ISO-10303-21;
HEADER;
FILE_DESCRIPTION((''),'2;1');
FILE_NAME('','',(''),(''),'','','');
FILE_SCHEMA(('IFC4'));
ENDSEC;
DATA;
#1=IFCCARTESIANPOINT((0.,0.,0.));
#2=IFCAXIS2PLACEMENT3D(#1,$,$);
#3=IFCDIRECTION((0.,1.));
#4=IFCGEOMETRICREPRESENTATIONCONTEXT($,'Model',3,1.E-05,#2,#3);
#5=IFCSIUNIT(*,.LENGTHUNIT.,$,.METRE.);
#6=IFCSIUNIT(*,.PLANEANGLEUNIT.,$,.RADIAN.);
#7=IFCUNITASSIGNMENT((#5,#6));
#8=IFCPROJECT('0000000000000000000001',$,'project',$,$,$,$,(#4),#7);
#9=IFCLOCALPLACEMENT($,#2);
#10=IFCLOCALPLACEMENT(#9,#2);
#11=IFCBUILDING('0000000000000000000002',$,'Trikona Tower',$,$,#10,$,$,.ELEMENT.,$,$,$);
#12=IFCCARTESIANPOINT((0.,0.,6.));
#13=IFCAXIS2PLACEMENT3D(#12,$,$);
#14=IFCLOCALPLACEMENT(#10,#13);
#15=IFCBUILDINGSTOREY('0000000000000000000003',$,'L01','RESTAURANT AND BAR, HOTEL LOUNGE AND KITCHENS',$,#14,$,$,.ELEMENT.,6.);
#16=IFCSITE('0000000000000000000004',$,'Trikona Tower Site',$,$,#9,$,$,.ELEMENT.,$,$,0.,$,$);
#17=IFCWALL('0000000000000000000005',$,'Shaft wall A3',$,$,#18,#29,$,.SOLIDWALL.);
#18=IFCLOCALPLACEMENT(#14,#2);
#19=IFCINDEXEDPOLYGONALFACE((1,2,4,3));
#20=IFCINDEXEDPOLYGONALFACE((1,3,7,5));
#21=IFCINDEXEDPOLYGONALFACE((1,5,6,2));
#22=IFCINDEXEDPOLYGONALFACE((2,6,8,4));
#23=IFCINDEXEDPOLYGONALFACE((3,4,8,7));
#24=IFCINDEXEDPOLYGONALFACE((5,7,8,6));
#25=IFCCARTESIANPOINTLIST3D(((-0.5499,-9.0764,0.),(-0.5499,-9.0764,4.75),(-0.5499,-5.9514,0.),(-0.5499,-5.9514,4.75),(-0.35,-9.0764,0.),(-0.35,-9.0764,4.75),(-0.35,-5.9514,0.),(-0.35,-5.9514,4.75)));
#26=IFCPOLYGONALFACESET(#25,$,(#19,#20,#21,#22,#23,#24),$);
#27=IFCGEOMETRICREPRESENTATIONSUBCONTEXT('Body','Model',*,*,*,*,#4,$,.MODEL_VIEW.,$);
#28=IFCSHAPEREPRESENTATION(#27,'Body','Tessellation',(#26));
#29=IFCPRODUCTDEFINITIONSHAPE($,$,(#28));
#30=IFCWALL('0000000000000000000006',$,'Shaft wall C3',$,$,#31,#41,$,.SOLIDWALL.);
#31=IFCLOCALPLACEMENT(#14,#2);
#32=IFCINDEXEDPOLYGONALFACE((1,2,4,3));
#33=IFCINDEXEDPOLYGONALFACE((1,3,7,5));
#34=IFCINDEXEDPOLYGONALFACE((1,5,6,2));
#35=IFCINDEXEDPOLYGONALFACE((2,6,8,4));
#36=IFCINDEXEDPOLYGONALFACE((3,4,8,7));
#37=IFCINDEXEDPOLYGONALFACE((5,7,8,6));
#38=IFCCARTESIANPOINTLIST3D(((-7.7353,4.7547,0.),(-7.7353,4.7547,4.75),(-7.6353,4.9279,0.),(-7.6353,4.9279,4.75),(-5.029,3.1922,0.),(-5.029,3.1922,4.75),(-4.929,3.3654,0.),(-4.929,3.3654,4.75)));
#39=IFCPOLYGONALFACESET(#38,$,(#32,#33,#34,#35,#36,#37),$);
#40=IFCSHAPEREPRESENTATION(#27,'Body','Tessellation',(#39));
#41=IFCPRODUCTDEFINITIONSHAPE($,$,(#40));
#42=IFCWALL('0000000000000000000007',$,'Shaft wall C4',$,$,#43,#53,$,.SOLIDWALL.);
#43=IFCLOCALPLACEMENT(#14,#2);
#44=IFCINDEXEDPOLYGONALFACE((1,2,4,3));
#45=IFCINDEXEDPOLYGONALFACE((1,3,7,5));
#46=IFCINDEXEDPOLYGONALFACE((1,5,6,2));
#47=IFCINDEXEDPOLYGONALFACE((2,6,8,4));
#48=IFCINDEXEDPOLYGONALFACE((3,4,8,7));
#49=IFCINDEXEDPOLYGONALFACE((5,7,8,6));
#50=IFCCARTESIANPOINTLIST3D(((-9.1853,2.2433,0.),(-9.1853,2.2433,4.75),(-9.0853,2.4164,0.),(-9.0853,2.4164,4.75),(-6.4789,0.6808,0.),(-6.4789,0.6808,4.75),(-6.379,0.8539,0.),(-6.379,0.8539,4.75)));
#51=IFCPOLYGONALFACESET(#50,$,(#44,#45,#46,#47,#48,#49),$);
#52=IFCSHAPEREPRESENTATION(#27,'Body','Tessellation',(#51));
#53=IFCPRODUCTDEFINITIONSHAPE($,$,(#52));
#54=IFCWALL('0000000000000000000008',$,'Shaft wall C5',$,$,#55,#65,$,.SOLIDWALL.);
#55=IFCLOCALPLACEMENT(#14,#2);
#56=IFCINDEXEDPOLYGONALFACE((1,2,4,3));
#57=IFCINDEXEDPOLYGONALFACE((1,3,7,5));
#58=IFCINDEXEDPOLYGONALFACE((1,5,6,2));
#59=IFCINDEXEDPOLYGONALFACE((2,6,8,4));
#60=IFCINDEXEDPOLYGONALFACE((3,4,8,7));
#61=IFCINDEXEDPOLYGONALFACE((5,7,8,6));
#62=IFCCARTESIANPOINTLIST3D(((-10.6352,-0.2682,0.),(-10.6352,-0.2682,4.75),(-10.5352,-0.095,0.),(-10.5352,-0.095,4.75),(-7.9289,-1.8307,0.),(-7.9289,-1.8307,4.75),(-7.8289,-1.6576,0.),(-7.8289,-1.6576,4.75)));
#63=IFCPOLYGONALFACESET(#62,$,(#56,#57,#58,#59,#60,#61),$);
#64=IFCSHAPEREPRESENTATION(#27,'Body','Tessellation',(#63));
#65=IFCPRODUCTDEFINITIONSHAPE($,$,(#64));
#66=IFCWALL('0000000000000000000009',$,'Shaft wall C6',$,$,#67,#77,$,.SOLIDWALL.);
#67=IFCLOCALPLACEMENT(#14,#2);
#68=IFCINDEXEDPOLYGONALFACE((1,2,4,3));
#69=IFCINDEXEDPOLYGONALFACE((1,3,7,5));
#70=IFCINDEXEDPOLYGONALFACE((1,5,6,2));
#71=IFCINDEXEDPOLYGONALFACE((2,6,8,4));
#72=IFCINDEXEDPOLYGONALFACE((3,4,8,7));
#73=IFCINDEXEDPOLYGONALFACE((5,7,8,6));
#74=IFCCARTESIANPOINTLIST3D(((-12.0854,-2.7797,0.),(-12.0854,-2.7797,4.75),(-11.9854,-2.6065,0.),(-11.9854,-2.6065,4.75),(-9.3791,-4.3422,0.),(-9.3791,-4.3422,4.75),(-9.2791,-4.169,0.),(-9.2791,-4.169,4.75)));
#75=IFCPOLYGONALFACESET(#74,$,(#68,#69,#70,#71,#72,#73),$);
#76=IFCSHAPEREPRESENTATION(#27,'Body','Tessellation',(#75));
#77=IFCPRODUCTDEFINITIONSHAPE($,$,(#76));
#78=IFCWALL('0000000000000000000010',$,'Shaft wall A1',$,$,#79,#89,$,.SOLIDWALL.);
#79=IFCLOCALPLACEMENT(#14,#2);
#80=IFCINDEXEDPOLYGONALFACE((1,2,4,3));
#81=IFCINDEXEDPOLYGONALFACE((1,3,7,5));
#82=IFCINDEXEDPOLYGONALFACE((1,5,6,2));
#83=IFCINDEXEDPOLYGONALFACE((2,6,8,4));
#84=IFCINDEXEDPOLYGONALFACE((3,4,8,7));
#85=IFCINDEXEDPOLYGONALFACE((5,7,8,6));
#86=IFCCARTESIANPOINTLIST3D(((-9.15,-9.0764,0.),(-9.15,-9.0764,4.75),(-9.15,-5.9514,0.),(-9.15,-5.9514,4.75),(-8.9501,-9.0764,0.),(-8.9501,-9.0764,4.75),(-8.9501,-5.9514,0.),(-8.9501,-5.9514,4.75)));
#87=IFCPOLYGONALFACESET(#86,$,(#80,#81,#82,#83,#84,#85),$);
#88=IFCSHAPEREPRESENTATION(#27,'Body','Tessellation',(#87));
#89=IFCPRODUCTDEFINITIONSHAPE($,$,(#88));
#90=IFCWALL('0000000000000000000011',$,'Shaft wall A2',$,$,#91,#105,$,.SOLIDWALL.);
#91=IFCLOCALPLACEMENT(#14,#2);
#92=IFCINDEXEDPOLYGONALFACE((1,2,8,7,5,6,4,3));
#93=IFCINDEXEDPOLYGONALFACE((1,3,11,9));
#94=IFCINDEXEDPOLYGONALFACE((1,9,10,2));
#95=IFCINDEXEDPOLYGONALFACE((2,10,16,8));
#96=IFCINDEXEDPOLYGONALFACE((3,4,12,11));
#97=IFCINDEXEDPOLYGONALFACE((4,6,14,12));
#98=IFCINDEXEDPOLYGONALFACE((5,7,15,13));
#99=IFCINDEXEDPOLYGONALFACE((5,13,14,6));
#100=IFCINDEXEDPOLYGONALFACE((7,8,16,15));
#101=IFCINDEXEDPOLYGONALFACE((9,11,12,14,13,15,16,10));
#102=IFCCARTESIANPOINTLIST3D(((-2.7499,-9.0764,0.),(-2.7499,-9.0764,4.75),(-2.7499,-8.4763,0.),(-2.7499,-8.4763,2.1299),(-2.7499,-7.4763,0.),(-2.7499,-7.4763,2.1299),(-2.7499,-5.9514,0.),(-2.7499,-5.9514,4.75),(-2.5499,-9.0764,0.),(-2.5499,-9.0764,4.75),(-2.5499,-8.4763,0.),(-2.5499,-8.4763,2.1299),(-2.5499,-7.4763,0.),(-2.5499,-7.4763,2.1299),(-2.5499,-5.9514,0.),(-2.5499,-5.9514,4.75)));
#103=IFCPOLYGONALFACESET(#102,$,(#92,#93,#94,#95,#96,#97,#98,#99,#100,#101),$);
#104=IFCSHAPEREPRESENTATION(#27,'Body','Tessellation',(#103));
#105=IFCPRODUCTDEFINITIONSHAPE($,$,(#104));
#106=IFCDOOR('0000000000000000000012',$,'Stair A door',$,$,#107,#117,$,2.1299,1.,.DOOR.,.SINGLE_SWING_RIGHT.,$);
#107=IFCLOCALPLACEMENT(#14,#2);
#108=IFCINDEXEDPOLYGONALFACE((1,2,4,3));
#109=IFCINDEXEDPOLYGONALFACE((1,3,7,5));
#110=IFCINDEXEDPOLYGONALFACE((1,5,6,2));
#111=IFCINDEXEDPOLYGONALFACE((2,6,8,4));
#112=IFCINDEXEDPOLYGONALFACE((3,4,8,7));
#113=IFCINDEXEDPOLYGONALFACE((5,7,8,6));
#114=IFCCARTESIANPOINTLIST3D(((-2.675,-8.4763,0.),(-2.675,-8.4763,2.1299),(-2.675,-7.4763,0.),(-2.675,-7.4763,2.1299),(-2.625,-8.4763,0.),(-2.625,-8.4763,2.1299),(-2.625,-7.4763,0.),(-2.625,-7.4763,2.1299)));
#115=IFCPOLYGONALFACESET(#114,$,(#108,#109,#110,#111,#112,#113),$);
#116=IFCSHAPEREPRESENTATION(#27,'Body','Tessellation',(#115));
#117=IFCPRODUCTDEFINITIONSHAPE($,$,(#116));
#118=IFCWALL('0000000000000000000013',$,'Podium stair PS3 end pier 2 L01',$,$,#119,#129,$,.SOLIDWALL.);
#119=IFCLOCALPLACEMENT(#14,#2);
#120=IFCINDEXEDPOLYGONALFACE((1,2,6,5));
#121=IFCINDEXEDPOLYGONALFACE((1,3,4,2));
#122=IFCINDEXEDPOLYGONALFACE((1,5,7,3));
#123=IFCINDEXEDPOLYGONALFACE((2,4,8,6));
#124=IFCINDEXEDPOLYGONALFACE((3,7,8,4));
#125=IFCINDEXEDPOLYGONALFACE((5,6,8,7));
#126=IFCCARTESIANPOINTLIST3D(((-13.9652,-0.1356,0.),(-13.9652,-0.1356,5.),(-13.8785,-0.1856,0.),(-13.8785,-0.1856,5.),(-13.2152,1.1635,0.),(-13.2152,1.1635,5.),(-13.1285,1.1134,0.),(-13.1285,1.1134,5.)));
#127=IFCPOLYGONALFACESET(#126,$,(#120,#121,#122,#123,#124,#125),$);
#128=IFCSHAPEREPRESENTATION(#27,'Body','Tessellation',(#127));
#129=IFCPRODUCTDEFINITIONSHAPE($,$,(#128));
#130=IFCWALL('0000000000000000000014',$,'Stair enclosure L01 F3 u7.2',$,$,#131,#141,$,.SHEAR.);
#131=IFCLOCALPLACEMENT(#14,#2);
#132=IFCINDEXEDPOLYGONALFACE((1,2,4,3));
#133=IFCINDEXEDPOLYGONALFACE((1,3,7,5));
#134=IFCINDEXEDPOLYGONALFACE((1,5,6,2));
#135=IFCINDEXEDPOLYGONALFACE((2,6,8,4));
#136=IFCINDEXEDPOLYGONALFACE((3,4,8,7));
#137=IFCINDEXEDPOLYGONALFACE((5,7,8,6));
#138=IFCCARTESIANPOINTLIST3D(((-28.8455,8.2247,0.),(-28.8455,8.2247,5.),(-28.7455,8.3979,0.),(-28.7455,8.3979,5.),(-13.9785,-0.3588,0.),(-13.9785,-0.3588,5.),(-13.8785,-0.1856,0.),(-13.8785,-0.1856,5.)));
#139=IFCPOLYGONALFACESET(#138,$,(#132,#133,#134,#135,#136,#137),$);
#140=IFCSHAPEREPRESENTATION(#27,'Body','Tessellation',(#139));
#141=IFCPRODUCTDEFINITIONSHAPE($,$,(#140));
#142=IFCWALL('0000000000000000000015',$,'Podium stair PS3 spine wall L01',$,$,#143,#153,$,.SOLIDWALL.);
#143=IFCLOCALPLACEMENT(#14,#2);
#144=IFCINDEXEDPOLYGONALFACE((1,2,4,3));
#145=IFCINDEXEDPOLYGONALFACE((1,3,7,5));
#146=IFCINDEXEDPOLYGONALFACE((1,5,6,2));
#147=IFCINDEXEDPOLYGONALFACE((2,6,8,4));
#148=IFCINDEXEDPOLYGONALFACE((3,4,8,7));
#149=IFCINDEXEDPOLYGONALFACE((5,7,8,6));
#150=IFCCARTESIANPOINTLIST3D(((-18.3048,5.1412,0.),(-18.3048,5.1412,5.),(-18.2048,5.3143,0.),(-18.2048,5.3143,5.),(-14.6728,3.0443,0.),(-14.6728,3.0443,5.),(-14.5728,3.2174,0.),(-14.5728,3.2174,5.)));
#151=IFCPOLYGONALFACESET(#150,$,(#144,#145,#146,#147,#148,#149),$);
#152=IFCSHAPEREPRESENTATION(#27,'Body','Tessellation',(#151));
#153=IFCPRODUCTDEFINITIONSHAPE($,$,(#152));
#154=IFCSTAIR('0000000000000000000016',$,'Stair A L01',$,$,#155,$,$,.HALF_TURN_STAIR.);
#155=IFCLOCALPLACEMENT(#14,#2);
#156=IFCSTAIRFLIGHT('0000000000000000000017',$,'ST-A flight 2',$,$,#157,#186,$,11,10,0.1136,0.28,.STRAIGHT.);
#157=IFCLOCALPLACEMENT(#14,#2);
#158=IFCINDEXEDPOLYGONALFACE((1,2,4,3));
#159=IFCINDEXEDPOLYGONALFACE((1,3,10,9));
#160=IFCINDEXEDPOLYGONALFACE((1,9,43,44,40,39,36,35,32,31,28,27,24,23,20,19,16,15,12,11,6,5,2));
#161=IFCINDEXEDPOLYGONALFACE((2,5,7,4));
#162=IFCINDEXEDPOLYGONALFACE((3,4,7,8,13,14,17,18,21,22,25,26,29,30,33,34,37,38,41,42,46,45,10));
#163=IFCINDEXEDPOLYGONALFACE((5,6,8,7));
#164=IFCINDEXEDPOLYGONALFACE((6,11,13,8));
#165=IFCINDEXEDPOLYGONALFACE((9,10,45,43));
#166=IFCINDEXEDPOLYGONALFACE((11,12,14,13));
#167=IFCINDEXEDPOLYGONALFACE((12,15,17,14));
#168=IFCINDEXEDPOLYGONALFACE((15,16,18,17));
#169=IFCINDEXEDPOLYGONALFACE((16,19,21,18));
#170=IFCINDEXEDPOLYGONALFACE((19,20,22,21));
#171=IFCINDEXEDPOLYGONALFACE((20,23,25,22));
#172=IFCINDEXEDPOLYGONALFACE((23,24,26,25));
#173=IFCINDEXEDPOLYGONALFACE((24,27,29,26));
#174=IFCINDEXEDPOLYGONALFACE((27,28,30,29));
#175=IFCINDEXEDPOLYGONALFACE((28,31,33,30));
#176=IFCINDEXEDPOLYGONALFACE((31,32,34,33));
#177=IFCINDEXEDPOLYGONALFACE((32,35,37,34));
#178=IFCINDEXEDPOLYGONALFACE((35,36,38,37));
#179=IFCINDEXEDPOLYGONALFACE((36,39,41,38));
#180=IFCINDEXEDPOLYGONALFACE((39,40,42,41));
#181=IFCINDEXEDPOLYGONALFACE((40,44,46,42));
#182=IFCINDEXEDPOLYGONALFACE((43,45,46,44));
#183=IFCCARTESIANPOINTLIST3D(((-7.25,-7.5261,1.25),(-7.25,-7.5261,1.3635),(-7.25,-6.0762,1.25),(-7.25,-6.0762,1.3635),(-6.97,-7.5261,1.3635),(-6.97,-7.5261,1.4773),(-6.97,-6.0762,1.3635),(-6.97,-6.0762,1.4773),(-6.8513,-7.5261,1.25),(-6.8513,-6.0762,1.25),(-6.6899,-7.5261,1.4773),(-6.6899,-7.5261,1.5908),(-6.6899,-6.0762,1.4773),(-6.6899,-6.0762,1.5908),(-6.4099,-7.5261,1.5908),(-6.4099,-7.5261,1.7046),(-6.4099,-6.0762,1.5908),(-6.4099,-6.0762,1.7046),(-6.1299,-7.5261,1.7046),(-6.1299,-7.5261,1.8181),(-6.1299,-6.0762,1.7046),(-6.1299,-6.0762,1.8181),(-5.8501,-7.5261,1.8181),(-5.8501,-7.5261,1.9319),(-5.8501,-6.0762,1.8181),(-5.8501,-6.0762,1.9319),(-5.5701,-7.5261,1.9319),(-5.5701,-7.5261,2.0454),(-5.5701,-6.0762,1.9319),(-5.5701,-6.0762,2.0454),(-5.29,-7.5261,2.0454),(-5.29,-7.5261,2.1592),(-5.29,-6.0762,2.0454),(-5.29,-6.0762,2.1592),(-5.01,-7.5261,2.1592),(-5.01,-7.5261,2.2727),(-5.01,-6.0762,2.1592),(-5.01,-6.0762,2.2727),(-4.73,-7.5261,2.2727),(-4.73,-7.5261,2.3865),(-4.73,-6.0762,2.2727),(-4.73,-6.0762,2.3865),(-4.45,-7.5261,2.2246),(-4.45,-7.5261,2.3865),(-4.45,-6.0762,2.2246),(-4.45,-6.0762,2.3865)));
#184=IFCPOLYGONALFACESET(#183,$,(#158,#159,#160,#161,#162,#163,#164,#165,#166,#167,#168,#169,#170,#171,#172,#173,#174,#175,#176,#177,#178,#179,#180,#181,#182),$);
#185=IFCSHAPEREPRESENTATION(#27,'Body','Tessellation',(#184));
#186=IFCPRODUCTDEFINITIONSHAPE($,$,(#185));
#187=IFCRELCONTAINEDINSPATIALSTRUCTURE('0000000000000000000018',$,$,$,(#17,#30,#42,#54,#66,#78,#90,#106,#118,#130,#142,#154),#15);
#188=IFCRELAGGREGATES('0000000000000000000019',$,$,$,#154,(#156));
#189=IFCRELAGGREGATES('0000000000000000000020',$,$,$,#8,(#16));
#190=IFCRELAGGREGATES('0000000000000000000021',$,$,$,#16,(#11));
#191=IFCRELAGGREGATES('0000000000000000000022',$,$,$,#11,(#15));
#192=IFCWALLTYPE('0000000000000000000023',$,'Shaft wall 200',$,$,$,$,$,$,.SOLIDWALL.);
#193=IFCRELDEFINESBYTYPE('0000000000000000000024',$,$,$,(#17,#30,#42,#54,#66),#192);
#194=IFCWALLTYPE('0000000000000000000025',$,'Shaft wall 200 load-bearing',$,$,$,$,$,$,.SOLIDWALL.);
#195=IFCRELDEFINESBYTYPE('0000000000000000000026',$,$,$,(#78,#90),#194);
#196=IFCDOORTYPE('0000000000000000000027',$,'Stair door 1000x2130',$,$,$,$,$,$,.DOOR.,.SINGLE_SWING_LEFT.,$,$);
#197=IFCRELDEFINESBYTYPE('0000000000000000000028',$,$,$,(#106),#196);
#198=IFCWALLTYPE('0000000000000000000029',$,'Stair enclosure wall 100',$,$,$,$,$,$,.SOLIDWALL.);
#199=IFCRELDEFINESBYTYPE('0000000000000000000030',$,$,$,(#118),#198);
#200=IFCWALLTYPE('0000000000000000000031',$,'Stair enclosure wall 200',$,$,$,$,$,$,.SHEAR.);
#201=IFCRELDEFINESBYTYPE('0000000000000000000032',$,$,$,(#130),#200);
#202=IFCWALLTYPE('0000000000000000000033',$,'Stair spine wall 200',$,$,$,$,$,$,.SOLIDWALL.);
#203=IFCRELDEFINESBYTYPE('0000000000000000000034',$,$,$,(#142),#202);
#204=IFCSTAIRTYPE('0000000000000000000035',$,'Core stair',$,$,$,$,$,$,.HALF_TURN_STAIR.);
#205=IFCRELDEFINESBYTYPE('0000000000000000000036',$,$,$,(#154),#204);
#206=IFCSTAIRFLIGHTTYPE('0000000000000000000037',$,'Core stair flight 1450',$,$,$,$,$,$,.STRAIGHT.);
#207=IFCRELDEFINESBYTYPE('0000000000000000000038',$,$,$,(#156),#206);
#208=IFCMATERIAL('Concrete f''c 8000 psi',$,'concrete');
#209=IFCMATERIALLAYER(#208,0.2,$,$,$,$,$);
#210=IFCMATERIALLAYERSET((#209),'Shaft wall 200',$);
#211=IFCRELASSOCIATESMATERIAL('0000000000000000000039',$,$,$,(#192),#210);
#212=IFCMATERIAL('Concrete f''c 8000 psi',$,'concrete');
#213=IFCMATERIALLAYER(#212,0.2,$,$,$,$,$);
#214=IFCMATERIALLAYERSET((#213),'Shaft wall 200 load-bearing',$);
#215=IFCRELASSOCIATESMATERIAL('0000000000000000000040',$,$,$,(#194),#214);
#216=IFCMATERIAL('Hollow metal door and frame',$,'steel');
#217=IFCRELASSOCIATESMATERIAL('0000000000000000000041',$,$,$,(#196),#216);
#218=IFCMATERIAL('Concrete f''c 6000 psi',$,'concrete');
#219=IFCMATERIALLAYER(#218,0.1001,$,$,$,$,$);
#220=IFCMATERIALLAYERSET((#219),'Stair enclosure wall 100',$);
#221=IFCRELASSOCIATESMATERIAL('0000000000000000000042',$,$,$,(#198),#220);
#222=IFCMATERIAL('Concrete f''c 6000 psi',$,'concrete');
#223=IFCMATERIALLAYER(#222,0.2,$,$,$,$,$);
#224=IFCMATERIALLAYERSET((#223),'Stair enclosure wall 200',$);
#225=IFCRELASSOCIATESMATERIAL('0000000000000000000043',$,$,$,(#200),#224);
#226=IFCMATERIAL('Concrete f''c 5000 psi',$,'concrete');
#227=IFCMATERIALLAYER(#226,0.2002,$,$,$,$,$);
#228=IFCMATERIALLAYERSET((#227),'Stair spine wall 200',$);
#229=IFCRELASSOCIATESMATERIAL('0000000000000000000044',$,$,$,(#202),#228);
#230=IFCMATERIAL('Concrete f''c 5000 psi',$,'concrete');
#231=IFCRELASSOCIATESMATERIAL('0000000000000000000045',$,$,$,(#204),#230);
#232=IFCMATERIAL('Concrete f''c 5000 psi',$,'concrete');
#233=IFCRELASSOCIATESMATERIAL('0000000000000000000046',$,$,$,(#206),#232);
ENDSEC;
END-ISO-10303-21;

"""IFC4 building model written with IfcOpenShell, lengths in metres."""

from ifc_helpers import new_model, si_unit, direction, frame, frame_2d, origin, place, context, subcontext, project, spatial, polyline, rectangle, outline, extrude, material, layer, layer_set, type_object, element, fill, aggregate, save


model = new_model("IFC4")

# Units and contexts
model_context = context("Model", 3, precision=1e-05, world=origin(), true_north=direction((0.0, 1.0)))
body_context = subcontext(model_context, "Body", "Model", "MODEL_VIEW")
ifc_project = project(units=[si_unit("LENGTHUNIT", "METRE"), si_unit("PLANEANGLEUNIT", "RADIAN")], contexts=[model_context])

# Site, building, storey
site_placement = place(None, origin())
site = spatial("IfcSite", under=ifc_project, at=site_placement, Name="Trikona Tower Site", CompositionType="ELEMENT", RefElevation=0.0)
building_placement = place(site_placement, origin())
building = spatial("IfcBuilding", under=site, at=building_placement, Name="Trikona Tower", CompositionType="ELEMENT")
storey_placement = place(building_placement, frame((0.0, 0.0, 6.0)))
storey = spatial("IfcBuildingStorey", under=building, at=storey_placement, Name="L01", Description="RESTAURANT AND BAR, HOTEL LOUNGE AND KITCHENS", CompositionType="ELEMENT", Elevation=6.0)

# Walls
ifc_material_1 = material(Name="Concrete f'c 8000 psi", Category="concrete")
ifc_layer_1 = layer(ifc_material_1, 0.2)
ifc_layer_set_1 = layer_set([ifc_layer_1], Name="Shaft wall 200")
wall_type_1 = type_object("IfcWallType", Name="Shaft wall 200", PredefinedType="SOLIDWALL", material=ifc_layer_set_1)
for number, where, z_axis, x_axis, name in (
    (1, (-0.45, -5.9514, 0.0), (0.0, 0.0, 1.0), (0.0, -1.0, 0.0), "Shaft wall A3"),
    (2, (-4.979, 3.2788, 0.0), (0.0, 0.0, 1.0), (-0.866023, 0.500004, 0.0), "Shaft wall C3"),
    (3, (-6.429, 0.7673, 0.0), (0.0, 0.0, 1.0), (-0.866023, 0.500004, 0.0), "Shaft wall C4"),
    (4, (-7.8789, -1.7441, 0.0), (0.0, 0.0, 1.0), (-0.866023, 0.500004, 0.0), "Shaft wall C5"),
    (5, (-9.3291, -4.2556, 0.0), (0.0, 0.0, 1.0), (-0.866023, 0.500004, 0.0), "Shaft wall C6"),
):
    element("IfcWall", number, at=place(storey_placement, frame(where, z_axis=z_axis, x_axis=x_axis)), inside=storey, type_object=wall_type_1, Name=name, PredefinedType="SOLIDWALL", context=body_context, shape_type="SweptSolid", body=[
        extrude(rectangle(XDim=3.125, YDim=0.2, at=frame_2d((1.5625, 0.0))), origin(), (0.0, 0.0, 1.0), 4.75),
    ])
ifc_material_2 = material(Name="Concrete f'c 8000 psi", Category="concrete")
ifc_layer_2 = layer(ifc_material_2, 0.2)
ifc_layer_set_2 = layer_set([ifc_layer_2], Name="Shaft wall 200 load-bearing")
wall_type_2 = type_object("IfcWallType", Name="Shaft wall 200 load-bearing", PredefinedType="SOLIDWALL", material=ifc_layer_set_2)
wall_1_placement = place(storey_placement, frame((-9.05, -5.9514, 0.0), z_axis=(0.0, 0.0, 1.0), x_axis=(0.0, -1.0, 0.0)))
element("IfcWall", 6, at=wall_1_placement, inside=storey, type_object=wall_type_2, Name="Shaft wall A1", PredefinedType="SOLIDWALL", context=body_context, shape_type="SweptSolid", body=[
    extrude(rectangle(XDim=3.125, YDim=0.2, at=frame_2d((1.5625, 0.0))), origin(), (0.0, 0.0, 1.0), 4.75),
])

# Wall, opening, door
wall_2_placement = place(storey_placement, frame((-2.6499, -5.9514, 0.0), z_axis=(0.0, 0.0, 1.0), x_axis=(0.0, -1.0, 0.0)))
wall_2 = element("IfcWall", 7, at=wall_2_placement, inside=storey, type_object=wall_type_2, Name="Shaft wall A2", PredefinedType="SOLIDWALL", context=body_context, shape_type="SweptSolid", body=[
    extrude(rectangle(XDim=3.125, YDim=0.2, at=frame_2d((1.5625, 0.0))), origin(), (0.0, 0.0, 1.0), 4.75),
])
opening_1_placement = place(wall_2_placement, frame((1.5249, 0.0, 0.0)))
opening_1 = element("IfcOpeningElement", 8, at=opening_1_placement, cuts=wall_2, PredefinedType="OPENING", context=body_context, shape_type="SweptSolid", body=[
    extrude(rectangle(XDim=1.0, YDim=2.1299, at=frame_2d((0.5, 1.0649))), frame((0.0, 0.1099, 0.0), z_axis=(0.0, -1.0, 0.0), x_axis=(1.0, 0.0, 0.0)), (0.0, 0.0, 1.0), 0.22),
])
ifc_material_3 = material(Name="Hollow metal door and frame", Category="steel")
door_type_1 = type_object("IfcDoorType", Name="Stair door 1000x2130", OperationType="SINGLE_SWING_LEFT", PredefinedType="DOOR", material=ifc_material_3)
door_1_placement = place(opening_1_placement, origin())
door_1 = element("IfcDoor", 9, at=door_1_placement, inside=storey, type_object=door_type_1, Name="Stair A door", OperationType="SINGLE_SWING_RIGHT", OverallHeight=2.1299, OverallWidth=1.0, PredefinedType="DOOR", context=body_context, shape_type="SweptSolid", body=[
    extrude(rectangle(XDim=1.0, YDim=2.1299, at=frame_2d((0.5, 1.0649))), frame((0.0, 0.0249, 0.0), z_axis=(0.0, -1.0, 0.0), x_axis=(1.0, 0.0, 0.0)), (0.0, 0.0, 1.0), 0.05),
])
fill(opening_1, door_1)

# Walls
ifc_material_4 = material(Name="Concrete f'c 6000 psi", Category="concrete")
ifc_layer_3 = layer(ifc_material_4, 0.1001)
ifc_layer_set_3 = layer_set([ifc_layer_3], Name="Stair enclosure wall 100")
wall_type_3 = type_object("IfcWallType", Name="Stair enclosure wall 100", PredefinedType="SOLIDWALL", material=ifc_layer_set_3)
wall_3_placement = place(storey_placement, frame((-13.1719, 1.1384, 0.0), z_axis=(0.0, 0.0, 1.0), x_axis=(-0.49999, -0.866031, 0.0)))
element("IfcWall", 10, at=wall_3_placement, inside=storey, type_object=wall_type_3, Name="Podium stair PS3 end pier 2 L01", PredefinedType="SOLIDWALL", context=body_context, shape_type="SweptSolid", body=[
    extrude(rectangle(XDim=1.5, YDim=0.1001, at=frame_2d((0.75, 0.0))), origin(), (0.0, 0.0, 1.0), 5.0),
])
ifc_material_5 = material(Name="Concrete f'c 6000 psi", Category="concrete")
ifc_layer_4 = layer(ifc_material_5, 0.2)
ifc_layer_set_4 = layer_set([ifc_layer_4], Name="Stair enclosure wall 200")
wall_type_4 = type_object("IfcWallType", Name="Stair enclosure wall 200", PredefinedType="SHEAR", material=ifc_layer_set_4)
wall_4_placement = place(storey_placement, frame((-13.9285, -0.2722, 0.0), z_axis=(0.0, 0.0, 1.0), x_axis=(-0.866024, 0.500003, 0.0)))
element("IfcWall", 11, at=wall_4_placement, inside=storey, type_object=wall_type_4, Name="Stair enclosure L01 F3 u7.2", PredefinedType="SHEAR", context=body_context, shape_type="SweptSolid", body=[
    extrude(rectangle(XDim=17.167, YDim=0.2, at=frame_2d((8.5835, 0.0))), origin(), (0.0, 0.0, 1.0), 5.0),
])
ifc_material_6 = material(Name="Concrete f'c 5000 psi", Category="concrete")
ifc_layer_5 = layer(ifc_material_6, 0.2002)
ifc_layer_set_5 = layer_set([ifc_layer_5], Name="Stair spine wall 200")
wall_type_5 = type_object("IfcWallType", Name="Stair spine wall 200", PredefinedType="SOLIDWALL", material=ifc_layer_set_5)
wall_5_placement = place(storey_placement, frame((-14.6228, 3.1309, 0.0), z_axis=(0.0, 0.0, 1.0), x_axis=(-0.866031, 0.49999, 0.0)))
element("IfcWall", 12, at=wall_5_placement, inside=storey, type_object=wall_type_5, Name="Podium stair PS3 spine wall L01", PredefinedType="SOLIDWALL", context=body_context, shape_type="SweptSolid", body=[
    extrude(rectangle(XDim=4.1938, YDim=0.2, at=frame_2d((2.0969, 0.0))), origin(), (0.0, 0.0, 1.0), 5.0),
])

# Stair, stair flight
ifc_material_7 = material(Name="Concrete f'c 5000 psi", Category="concrete")
stair_type = type_object("IfcStairType", Name="Core stair", PredefinedType="HALF_TURN_STAIR", material=ifc_material_7)
stair_placement = place(storey_placement, origin())
stair = element("IfcStair", 13, at=stair_placement, inside=storey, type_object=stair_type, Name="Stair A L01", PredefinedType="HALF_TURN_STAIR")
ifc_material_8 = material(Name="Concrete f'c 5000 psi", Category="concrete")
stair_flight_type = type_object("IfcStairFlightType", Name="Core stair flight 1450", PredefinedType="STRAIGHT", material=ifc_material_8)
stair_flight_1_placement = place(storey_placement, frame((-7.25, -6.8013, 1.25), z_axis=(0.0, 0.0, 1.0), x_axis=(1.0, 0.0, 0.0)))
stair_flight_1 = element("IfcStairFlight", 14, at=stair_flight_1_placement, type_object=stair_flight_type, Name="ST-A flight 2", NumberOfRisers=11, NumberOfTreads=10, PredefinedType="STRAIGHT", RiserHeight=0.1136, TreadLength=0.28, context=body_context, shape_type="SweptSolid", body=[
    extrude(outline(polyline([(0.0, 0.0), (0.0, 0.1135), (0.28, 0.1135), (0.28, 0.2273), (0.5601, 0.2273), (0.5601, 0.3408), (0.8401, 0.3408), (0.8401, 0.4546), (1.1201, 0.4546), (1.1201, 0.5681), (1.3999, 0.5681), (1.3999, 0.6819), (1.6799, 0.6819), (1.6799, 0.7954), (1.96, 0.7954), (1.96, 0.9092), (2.24, 0.9092), (2.24, 1.0227), (2.52, 1.0227), (2.52, 1.1365), (2.8, 1.1365), (2.8, 1.25), (2.8, 0.9746), (0.3987, 0.0), (0.0, 0.0)])), frame((0.0, 0.7251, 0.0), z_axis=(0.0, -1.0, 0.0), x_axis=(1.0, 0.0, 0.0)), (0.0, 0.0, 1.0), 1.45),
])
aggregate(stair, [stair_flight_1])

save(model, "model.ifc")
